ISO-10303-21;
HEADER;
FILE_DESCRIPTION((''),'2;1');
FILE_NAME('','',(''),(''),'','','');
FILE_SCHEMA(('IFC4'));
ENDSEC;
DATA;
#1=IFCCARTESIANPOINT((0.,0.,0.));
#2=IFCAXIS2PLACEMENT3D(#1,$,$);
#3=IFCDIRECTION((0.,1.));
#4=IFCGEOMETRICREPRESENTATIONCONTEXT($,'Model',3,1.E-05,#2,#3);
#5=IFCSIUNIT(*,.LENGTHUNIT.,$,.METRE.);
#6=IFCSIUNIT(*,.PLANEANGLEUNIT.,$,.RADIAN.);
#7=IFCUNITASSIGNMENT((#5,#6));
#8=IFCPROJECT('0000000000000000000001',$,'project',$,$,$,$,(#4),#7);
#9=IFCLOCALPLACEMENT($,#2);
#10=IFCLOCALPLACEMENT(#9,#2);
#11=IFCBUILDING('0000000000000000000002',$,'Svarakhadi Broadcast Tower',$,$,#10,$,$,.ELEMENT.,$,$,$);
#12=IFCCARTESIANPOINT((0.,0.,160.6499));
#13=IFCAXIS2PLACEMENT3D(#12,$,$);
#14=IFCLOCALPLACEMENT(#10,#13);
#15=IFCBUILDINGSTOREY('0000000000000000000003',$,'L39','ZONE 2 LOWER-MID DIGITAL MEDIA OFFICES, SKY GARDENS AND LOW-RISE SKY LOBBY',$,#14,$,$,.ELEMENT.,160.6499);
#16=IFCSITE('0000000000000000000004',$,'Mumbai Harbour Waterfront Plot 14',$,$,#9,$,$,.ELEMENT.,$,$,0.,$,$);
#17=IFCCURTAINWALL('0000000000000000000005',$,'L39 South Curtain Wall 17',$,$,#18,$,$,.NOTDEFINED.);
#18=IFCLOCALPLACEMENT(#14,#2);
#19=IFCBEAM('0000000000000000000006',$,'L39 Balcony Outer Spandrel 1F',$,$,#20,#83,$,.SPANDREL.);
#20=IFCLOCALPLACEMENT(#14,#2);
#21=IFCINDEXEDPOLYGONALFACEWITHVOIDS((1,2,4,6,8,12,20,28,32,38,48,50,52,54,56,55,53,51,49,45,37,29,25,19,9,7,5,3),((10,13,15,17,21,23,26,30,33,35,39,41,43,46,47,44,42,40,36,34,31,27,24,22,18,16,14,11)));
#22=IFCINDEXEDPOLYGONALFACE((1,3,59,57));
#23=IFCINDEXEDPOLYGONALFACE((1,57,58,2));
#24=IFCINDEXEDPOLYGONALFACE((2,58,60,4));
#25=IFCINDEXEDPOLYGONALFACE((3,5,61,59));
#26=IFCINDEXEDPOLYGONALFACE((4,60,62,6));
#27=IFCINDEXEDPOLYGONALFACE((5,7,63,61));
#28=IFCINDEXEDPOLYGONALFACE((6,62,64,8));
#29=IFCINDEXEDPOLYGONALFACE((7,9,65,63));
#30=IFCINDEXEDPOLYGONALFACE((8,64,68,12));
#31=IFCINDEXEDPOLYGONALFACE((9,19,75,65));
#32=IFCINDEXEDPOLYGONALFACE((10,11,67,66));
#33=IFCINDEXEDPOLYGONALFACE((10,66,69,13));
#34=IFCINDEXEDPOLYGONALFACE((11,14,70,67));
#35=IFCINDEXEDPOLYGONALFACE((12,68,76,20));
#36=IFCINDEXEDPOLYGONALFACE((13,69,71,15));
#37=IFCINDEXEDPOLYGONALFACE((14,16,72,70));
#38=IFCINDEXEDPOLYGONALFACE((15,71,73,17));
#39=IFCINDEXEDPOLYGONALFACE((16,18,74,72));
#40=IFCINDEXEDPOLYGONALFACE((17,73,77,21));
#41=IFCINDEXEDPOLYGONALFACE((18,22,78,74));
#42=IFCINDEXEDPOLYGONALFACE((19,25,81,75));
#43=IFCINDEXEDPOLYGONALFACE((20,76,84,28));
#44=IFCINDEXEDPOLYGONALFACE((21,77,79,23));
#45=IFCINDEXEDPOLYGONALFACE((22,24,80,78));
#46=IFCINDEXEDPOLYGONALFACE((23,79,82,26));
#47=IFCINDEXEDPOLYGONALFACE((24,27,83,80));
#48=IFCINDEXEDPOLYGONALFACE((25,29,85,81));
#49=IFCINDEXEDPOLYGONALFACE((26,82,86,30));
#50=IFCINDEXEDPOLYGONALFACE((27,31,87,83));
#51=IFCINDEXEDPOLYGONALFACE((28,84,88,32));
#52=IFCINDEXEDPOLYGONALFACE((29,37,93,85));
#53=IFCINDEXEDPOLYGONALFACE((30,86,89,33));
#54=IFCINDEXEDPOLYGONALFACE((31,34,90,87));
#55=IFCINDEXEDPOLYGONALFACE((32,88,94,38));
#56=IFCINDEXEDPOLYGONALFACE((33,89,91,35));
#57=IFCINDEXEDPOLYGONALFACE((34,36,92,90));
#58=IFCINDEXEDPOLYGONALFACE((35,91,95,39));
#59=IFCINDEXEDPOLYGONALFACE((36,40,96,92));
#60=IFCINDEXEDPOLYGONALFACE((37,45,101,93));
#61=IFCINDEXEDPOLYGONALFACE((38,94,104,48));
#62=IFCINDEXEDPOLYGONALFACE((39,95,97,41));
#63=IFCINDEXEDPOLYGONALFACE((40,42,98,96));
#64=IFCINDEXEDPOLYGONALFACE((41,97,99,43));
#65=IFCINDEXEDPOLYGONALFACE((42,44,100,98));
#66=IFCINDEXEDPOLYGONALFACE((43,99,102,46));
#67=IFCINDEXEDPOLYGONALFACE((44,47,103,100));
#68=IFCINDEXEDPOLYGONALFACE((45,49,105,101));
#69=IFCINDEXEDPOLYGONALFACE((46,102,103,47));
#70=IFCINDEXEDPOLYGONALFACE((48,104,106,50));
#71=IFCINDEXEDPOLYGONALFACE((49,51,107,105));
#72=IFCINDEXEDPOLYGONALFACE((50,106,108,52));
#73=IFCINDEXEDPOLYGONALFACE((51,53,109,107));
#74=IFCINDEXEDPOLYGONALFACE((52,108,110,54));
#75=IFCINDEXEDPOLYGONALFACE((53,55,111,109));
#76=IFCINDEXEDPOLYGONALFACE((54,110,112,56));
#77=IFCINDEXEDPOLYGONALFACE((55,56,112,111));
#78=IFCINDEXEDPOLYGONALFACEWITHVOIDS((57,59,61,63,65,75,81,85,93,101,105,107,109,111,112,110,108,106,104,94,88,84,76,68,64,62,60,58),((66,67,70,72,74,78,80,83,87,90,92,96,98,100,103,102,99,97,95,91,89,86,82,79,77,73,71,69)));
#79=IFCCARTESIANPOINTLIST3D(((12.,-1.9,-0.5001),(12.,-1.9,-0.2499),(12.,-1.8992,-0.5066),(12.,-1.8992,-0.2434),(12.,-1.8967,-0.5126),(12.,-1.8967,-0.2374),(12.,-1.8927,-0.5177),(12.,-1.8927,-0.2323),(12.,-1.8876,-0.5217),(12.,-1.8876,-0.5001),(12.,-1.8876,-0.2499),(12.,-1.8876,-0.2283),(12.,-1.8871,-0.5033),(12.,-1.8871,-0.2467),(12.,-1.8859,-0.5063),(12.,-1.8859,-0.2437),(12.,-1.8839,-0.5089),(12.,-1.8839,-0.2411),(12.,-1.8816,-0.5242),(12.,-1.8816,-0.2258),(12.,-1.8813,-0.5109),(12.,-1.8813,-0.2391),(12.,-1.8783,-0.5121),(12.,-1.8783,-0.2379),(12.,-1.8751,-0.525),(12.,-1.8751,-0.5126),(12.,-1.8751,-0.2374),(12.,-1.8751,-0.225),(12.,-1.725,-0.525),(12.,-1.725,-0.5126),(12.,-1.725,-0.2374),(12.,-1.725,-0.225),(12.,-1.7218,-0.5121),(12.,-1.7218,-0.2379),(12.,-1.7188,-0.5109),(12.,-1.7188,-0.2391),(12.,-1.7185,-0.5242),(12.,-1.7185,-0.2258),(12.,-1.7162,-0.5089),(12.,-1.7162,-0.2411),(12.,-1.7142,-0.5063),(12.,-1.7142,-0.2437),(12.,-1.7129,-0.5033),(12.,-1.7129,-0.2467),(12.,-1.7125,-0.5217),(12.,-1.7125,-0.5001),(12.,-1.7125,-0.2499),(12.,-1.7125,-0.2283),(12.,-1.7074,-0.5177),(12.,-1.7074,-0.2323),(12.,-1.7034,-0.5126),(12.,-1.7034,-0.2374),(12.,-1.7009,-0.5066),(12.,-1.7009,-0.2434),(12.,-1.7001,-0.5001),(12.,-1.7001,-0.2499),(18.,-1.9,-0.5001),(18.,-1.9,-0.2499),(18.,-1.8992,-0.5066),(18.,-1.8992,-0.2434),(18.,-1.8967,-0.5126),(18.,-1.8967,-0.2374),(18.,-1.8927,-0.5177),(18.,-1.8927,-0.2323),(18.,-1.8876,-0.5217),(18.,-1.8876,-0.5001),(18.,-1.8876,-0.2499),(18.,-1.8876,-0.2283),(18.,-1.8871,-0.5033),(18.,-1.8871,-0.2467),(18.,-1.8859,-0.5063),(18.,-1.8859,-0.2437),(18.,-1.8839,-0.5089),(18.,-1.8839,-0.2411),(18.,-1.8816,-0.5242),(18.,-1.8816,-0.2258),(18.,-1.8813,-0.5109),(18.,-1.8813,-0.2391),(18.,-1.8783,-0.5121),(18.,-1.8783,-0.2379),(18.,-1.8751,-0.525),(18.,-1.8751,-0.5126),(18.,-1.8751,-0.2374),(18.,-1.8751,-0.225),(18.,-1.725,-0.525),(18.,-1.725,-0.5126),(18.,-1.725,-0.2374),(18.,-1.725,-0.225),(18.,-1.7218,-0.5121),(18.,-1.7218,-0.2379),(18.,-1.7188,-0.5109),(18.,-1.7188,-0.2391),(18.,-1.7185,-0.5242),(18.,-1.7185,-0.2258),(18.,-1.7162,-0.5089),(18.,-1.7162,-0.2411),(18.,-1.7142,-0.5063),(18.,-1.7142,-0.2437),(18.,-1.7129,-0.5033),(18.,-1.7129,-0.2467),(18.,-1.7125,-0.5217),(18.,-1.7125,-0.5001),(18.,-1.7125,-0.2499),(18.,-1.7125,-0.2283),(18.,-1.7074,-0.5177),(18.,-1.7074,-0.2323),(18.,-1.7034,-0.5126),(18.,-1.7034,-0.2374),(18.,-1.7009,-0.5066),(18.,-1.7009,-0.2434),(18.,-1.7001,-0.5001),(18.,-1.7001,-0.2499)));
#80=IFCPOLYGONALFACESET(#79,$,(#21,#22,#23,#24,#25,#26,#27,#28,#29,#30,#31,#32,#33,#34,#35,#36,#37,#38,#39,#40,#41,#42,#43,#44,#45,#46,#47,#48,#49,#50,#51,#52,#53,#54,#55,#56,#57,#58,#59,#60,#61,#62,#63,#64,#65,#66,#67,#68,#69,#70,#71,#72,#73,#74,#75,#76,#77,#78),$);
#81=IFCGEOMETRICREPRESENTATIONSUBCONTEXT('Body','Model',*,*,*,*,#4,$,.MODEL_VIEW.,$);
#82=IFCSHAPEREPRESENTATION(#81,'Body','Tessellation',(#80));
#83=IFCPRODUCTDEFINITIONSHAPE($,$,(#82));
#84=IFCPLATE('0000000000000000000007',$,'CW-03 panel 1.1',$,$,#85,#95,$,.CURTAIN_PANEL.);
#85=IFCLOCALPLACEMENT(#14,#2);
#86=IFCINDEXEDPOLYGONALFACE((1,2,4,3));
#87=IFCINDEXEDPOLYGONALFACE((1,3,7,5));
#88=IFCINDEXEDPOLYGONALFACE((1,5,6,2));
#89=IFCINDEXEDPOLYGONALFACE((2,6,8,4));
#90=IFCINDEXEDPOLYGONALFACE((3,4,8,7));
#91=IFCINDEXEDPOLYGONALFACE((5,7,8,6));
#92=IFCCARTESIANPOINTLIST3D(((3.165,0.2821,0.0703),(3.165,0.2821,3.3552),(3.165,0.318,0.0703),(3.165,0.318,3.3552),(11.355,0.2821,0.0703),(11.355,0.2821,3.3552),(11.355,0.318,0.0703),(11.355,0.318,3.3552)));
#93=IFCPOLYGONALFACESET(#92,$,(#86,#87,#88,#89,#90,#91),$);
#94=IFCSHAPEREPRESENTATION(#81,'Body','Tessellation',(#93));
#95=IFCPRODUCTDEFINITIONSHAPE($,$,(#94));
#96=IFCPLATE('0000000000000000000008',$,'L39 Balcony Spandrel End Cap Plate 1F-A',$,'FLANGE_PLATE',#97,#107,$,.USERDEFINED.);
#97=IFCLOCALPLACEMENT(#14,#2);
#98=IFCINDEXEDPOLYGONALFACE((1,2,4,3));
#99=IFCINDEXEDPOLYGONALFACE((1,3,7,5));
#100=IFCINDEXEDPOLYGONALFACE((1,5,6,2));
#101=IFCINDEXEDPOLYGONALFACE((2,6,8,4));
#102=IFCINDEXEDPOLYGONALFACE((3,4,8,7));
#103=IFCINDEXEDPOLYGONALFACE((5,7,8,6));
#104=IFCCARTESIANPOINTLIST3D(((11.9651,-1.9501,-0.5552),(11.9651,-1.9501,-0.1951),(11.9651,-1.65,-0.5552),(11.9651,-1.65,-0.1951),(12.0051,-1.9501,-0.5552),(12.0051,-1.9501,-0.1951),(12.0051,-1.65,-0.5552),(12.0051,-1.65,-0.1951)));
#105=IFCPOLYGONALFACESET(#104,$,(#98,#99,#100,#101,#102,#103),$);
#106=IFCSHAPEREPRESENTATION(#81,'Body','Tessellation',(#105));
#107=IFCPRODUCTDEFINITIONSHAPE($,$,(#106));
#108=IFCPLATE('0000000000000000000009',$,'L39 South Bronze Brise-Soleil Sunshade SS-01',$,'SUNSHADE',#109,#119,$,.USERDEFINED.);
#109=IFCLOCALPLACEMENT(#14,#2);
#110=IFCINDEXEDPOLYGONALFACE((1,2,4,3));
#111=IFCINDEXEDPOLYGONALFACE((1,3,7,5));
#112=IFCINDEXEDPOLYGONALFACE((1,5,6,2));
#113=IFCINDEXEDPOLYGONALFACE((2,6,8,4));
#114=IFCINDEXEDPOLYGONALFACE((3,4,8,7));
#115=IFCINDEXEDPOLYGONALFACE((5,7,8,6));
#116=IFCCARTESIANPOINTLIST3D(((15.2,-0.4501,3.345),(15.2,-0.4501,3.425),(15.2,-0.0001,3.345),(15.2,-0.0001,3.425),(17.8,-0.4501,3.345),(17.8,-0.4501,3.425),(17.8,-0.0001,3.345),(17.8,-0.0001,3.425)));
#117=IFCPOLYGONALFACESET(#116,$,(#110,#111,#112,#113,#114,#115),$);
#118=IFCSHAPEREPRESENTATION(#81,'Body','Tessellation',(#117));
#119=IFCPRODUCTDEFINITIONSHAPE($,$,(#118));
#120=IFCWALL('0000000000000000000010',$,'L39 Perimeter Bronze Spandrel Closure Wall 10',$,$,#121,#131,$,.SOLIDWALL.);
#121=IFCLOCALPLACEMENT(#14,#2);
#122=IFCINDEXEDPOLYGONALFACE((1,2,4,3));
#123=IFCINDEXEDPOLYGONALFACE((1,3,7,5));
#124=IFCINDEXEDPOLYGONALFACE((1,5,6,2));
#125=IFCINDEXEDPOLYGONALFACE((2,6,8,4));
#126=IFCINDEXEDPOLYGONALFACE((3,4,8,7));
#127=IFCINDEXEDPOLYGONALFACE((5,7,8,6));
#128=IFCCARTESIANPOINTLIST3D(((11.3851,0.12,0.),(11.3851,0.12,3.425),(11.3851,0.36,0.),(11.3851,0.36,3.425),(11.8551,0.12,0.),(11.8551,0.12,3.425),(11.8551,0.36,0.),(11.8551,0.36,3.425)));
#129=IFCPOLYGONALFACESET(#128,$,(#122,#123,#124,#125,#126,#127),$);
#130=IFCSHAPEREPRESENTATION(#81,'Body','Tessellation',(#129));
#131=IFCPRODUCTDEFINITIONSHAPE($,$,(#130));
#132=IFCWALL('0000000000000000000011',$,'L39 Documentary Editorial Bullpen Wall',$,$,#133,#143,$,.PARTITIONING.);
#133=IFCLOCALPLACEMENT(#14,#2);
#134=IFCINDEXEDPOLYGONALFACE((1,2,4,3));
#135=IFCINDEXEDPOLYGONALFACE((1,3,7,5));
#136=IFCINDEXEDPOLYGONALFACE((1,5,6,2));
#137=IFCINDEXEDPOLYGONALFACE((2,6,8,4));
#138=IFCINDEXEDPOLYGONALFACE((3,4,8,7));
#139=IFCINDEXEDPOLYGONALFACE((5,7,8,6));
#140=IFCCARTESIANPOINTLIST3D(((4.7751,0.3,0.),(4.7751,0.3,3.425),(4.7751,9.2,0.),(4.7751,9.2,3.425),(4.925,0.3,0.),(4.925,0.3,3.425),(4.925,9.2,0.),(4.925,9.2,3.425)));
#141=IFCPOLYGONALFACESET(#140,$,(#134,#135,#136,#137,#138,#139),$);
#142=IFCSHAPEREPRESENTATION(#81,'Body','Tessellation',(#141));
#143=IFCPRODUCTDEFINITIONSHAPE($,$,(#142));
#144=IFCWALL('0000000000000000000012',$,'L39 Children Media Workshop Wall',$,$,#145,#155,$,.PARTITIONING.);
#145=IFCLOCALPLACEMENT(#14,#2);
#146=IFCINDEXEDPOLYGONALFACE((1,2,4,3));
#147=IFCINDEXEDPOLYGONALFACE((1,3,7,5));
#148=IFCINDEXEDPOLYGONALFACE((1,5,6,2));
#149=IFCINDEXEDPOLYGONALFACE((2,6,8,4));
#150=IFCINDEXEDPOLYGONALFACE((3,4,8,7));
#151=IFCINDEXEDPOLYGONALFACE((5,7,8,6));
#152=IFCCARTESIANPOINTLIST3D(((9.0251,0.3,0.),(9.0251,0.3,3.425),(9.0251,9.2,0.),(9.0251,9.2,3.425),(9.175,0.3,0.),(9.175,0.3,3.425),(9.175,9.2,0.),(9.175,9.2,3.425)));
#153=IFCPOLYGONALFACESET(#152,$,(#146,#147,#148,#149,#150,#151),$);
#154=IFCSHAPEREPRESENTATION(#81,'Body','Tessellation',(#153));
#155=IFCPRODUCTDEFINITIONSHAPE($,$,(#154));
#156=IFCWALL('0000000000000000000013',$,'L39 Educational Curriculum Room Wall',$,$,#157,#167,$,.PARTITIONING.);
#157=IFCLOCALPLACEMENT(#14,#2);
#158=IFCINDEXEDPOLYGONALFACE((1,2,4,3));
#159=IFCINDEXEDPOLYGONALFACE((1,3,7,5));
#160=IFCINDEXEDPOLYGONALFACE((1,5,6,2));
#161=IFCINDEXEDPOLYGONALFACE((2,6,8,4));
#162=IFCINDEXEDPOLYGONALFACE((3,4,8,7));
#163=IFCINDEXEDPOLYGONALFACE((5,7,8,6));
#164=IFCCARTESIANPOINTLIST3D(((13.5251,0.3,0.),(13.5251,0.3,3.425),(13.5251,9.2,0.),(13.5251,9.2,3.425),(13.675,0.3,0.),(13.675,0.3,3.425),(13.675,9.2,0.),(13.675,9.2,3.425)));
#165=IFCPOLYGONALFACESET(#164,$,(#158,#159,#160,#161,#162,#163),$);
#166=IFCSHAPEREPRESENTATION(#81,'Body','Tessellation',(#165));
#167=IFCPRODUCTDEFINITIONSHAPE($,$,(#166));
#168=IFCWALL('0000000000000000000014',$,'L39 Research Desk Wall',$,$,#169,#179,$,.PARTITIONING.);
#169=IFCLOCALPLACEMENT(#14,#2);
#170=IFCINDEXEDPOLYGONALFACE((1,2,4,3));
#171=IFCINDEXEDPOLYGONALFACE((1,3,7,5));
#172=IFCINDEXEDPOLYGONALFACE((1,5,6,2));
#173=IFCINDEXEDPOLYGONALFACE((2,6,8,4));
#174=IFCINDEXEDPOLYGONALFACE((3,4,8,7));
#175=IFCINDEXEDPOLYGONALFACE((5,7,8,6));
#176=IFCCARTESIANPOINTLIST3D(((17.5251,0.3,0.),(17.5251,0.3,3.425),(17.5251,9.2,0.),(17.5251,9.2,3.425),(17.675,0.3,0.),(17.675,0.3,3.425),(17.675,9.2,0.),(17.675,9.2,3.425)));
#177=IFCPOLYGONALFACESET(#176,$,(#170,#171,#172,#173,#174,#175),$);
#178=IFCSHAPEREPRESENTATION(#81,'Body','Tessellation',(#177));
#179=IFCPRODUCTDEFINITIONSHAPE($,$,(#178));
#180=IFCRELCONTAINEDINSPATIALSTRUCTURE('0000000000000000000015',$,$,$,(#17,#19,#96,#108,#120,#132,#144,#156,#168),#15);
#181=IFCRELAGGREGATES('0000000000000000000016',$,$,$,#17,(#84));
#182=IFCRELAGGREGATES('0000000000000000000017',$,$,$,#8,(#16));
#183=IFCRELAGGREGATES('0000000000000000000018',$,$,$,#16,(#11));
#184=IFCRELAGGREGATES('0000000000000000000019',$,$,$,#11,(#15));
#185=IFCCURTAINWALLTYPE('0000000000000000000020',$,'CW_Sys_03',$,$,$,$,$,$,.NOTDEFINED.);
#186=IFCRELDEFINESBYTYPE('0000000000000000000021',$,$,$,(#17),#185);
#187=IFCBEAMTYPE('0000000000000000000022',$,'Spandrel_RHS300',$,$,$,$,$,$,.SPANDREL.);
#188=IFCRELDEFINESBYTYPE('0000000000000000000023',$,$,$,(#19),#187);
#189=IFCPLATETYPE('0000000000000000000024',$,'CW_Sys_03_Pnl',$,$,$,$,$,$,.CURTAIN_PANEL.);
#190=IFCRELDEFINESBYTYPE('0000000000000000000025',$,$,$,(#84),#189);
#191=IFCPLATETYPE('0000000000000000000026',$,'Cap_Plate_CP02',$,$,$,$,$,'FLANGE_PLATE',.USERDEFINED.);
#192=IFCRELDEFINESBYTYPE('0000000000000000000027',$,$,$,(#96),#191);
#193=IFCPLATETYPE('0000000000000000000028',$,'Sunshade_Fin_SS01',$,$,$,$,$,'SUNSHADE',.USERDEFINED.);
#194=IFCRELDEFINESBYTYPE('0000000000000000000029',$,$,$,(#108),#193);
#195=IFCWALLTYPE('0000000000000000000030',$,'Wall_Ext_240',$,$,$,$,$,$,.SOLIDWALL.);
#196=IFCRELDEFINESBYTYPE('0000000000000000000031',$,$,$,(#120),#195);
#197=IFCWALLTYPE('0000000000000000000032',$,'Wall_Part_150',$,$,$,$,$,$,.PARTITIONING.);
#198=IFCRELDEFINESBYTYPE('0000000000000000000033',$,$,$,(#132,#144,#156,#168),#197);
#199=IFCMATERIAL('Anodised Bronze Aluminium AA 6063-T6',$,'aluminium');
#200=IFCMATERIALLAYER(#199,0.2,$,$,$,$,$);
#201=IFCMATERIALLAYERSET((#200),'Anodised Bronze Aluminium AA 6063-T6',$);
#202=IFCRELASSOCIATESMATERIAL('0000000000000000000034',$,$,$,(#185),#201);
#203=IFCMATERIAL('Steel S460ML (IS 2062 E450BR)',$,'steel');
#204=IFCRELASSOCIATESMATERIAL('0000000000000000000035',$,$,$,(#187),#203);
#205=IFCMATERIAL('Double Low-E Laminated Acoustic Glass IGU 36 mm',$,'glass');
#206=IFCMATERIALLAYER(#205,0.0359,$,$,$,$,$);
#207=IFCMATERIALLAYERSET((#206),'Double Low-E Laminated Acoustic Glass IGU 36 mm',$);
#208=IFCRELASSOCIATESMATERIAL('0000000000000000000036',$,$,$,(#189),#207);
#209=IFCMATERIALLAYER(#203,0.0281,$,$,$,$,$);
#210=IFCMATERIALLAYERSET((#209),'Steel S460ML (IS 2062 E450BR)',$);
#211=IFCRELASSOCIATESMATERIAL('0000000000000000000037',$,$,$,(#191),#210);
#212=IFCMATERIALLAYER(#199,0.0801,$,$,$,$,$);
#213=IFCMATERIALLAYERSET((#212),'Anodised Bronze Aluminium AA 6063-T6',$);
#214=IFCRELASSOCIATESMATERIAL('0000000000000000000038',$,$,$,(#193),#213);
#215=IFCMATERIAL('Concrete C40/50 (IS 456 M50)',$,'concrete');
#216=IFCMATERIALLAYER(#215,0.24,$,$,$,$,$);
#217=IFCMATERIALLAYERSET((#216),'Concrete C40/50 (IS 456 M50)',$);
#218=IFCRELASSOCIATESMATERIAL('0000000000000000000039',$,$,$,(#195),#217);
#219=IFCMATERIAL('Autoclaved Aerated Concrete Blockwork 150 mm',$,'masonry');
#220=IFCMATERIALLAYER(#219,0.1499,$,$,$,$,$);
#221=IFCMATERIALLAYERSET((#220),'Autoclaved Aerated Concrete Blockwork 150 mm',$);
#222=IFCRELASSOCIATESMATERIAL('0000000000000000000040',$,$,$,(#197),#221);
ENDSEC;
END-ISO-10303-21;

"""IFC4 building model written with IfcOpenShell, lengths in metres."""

from ifc_helpers import new_model, si_unit, direction, frame, frame_2d, origin, origin_2d, place, context, subcontext, project, spatial, rectangle, hollow_rectangle, extrude, material, layer, layer_set, material_profile, profile_set, type_object, element, aggregate, save


model = new_model("IFC4")

# Units and contexts
model_context = context("Model", 3, precision=1e-05, world=origin(), true_north=direction((0.0, 1.0)))
body_context = subcontext(model_context, "Body", "Model", "MODEL_VIEW")
ifc_project = project(units=[si_unit("LENGTHUNIT", "METRE"), si_unit("PLANEANGLEUNIT", "RADIAN")], contexts=[model_context])

# Site, building, storey
site_placement = place(None, origin())
site = spatial("IfcSite", under=ifc_project, at=site_placement, Name="Mumbai Harbour Waterfront Plot 14", CompositionType="ELEMENT", RefElevation=0.0)
building_placement = place(site_placement, origin())
building = spatial("IfcBuilding", under=site, at=building_placement, Name="Svarakhadi Broadcast Tower", CompositionType="ELEMENT")
storey_placement = place(building_placement, frame((0.0, 0.0, 160.6499)))
storey = spatial("IfcBuildingStorey", under=building, at=storey_placement, Name="L39", Description="ZONE 2 LOWER-MID DIGITAL MEDIA OFFICES, SKY GARDENS AND LOW-RISE SKY LOBBY", CompositionType="ELEMENT", Elevation=160.6499)

# Shared definitions
ifc_material_1 = material(Name="Steel S460ML (IS 2062 E450BR)", Category="steel")

# Curtain wall
ifc_material_2 = material(Name="Anodised Bronze Aluminium AA 6063-T6", Category="aluminium")
ifc_layer_1 = layer(ifc_material_2, 0.2)
ifc_layer_set_1 = layer_set([ifc_layer_1], Name="Anodised Bronze Aluminium AA 6063-T6")
curtain_wall_type = type_object("IfcCurtainWallType", Name="CW_Sys_03", PredefinedType="NOTDEFINED", material=ifc_layer_set_1)
curtain_wall_placement = place(storey_placement, origin())
curtain_wall = element("IfcCurtainWall", 1, at=curtain_wall_placement, inside=storey, type_object=curtain_wall_type, Name="L39 South Curtain Wall 17", PredefinedType="NOTDEFINED")

# Beam
ifc_material_profile_1 = material_profile(ifc_material_1, hollow_rectangle(XDim=0.2, YDim=0.3, WallThickness=0.0125, InnerFilletRadius=0.0125, OuterFilletRadius=0.0249, at=origin_2d()), Name="RHS 300x200x12.5")
ifc_profile_set_1 = profile_set([ifc_material_profile_1], Name="Steel S460ML (IS 2062 E450BR)")
beam_type_1 = type_object("IfcBeamType", Name="Spandrel_RHS300", PredefinedType="SPANDREL", material=ifc_profile_set_1)
beam_1_placement = place(storey_placement, frame((12.0, -1.8, -0.375), z_axis=(1.0, 0.0, 0.0), x_axis=(0.0, 1.0, 0.0)))
element("IfcBeam", 2, at=beam_1_placement, inside=storey, type_object=beam_type_1, Name="L39 Balcony Outer Spandrel 1F", PredefinedType="SPANDREL", context=body_context, shape_type="SweptSolid", body=[
    extrude(hollow_rectangle(XDim=0.2, YDim=0.3, WallThickness=0.0125, InnerFilletRadius=0.0125, OuterFilletRadius=0.0249, at=origin_2d()), origin(), (0.0, 0.0, 1.0), 6.0),
])

# Plate
ifc_material_3 = material(Name="Double Low-E Laminated Acoustic Glass IGU 36 mm", Category="glass")
ifc_layer_2 = layer(ifc_material_3, 0.0359)
ifc_layer_set_2 = layer_set([ifc_layer_2], Name="Double Low-E Laminated Acoustic Glass IGU 36 mm")
plate_type_1 = type_object("IfcPlateType", Name="CW_Sys_03_Pnl", PredefinedType="CURTAIN_PANEL", material=ifc_layer_set_2)
plate_1_placement = place(storey_placement, frame((7.26, 0.3, 0.0703), z_axis=(0.0, 0.0, 1.0), x_axis=(-1.0, 0.0, 0.0)))
plate_1 = element("IfcPlate", 3, at=plate_1_placement, type_object=plate_type_1, Name="CW-03 panel 1.1", PredefinedType="CURTAIN_PANEL", context=body_context, shape_type="SweptSolid", body=[
    extrude(rectangle(XDim=8.1899, YDim=0.0359, at=origin_2d()), origin(), (0.0, 0.0, 1.0), 3.2849),
])
aggregate(curtain_wall, [plate_1])

# Plates
ifc_layer_3 = layer(ifc_material_1, 0.0281)
ifc_layer_set_3 = layer_set([ifc_layer_3], Name="Steel S460ML (IS 2062 E450BR)")
plate_type_2 = type_object("IfcPlateType", Name="Cap_Plate_CP02", ElementType="FLANGE_PLATE", PredefinedType="USERDEFINED", material=ifc_layer_set_3)
plate_2_placement = place(storey_placement, frame((11.9851, -1.8, -0.5552), z_axis=(0.0, 0.0, 1.0), x_axis=(1.0, 0.0, 0.0)))
element("IfcPlate", 4, at=plate_2_placement, inside=storey, type_object=plate_type_2, Name="L39 Balcony Spandrel End Cap Plate 1F-A", ObjectType="FLANGE_PLATE", PredefinedType="USERDEFINED", context=body_context, shape_type="SweptSolid", body=[
    extrude(rectangle(XDim=0.04, YDim=0.3, at=origin_2d()), origin(), (0.0, 0.0, 1.0), 0.3601),
])
ifc_layer_4 = layer(ifc_material_2, 0.0801)
ifc_layer_set_4 = layer_set([ifc_layer_4], Name="Anodised Bronze Aluminium AA 6063-T6")
plate_type_3 = type_object("IfcPlateType", Name="Sunshade_Fin_SS01", ElementType="SUNSHADE", PredefinedType="USERDEFINED", material=ifc_layer_set_4)
plate_3_placement = place(storey_placement, frame((16.5, -0.2251, 3.345), z_axis=(0.0, 0.0, 1.0), x_axis=(1.0, 0.0, 0.0)))
element("IfcPlate", 5, at=plate_3_placement, inside=storey, type_object=plate_type_3, Name="L39 South Bronze Brise-Soleil Sunshade SS-01", ObjectType="SUNSHADE", PredefinedType="USERDEFINED", context=body_context, shape_type="SweptSolid", body=[
    extrude(rectangle(XDim=2.6001, YDim=0.45, at=origin_2d()), origin(), (0.0, 0.0, 1.0), 0.0801),
])

# Walls
ifc_material_4 = material(Name="Concrete C40/50 (IS 456 M50)", Category="concrete")
ifc_layer_5 = layer(ifc_material_4, 0.24)
ifc_layer_set_5 = layer_set([ifc_layer_5], Name="Concrete C40/50 (IS 456 M50)")
wall_type_1 = type_object("IfcWallType", Name="Wall_Ext_240", PredefinedType="SOLIDWALL", material=ifc_layer_set_5)
wall_placement = place(storey_placement, frame((11.855, 0.24, 0.0), z_axis=(0.0, 0.0, 1.0), x_axis=(-1.0, 0.0, 0.0)))
element("IfcWall", 6, at=wall_placement, inside=storey, type_object=wall_type_1, Name="L39 Perimeter Bronze Spandrel Closure Wall 10", PredefinedType="SOLIDWALL", context=body_context, shape_type="SweptSolid", body=[
    extrude(rectangle(XDim=0.47, YDim=0.24, at=frame_2d((0.2349, 0.0))), origin(), (0.0, 0.0, 1.0), 3.425),
])
ifc_material_5 = material(Name="Autoclaved Aerated Concrete Blockwork 150 mm", Category="masonry")
ifc_layer_6 = layer(ifc_material_5, 0.1499)
ifc_layer_set_6 = layer_set([ifc_layer_6], Name="Autoclaved Aerated Concrete Blockwork 150 mm")
wall_type_2 = type_object("IfcWallType", Name="Wall_Part_150", PredefinedType="PARTITIONING", material=ifc_layer_set_6)
for number, where, z_axis, x_axis, name in (
    (7, (4.8501, 0.3, 0.0), (0.0, 0.0, 1.0), (0.0, 1.0, 0.0), "L39 Documentary Editorial Bullpen Wall"),
    (8, (9.1001, 0.3, 0.0), (0.0, 0.0, 1.0), (0.0, 1.0, 0.0), "L39 Children Media Workshop Wall"),
    (9, (13.6001, 0.3, 0.0), (0.0, 0.0, 1.0), (0.0, 1.0, 0.0), "L39 Educational Curriculum Room Wall"),
    (10, (17.6001, 0.3, 0.0), (0.0, 0.0, 1.0), (0.0, 1.0, 0.0), "L39 Research Desk Wall"),
):
    element("IfcWall", number, at=place(storey_placement, frame(where, z_axis=z_axis, x_axis=x_axis)), inside=storey, type_object=wall_type_2, Name=name, PredefinedType="PARTITIONING", context=body_context, shape_type="SweptSolid", body=[
        extrude(rectangle(XDim=8.8999, YDim=0.1499, at=frame_2d((4.45, 0.0))), origin(), (0.0, 0.0, 1.0), 3.425),
    ])

save(model, "model.ifc")
